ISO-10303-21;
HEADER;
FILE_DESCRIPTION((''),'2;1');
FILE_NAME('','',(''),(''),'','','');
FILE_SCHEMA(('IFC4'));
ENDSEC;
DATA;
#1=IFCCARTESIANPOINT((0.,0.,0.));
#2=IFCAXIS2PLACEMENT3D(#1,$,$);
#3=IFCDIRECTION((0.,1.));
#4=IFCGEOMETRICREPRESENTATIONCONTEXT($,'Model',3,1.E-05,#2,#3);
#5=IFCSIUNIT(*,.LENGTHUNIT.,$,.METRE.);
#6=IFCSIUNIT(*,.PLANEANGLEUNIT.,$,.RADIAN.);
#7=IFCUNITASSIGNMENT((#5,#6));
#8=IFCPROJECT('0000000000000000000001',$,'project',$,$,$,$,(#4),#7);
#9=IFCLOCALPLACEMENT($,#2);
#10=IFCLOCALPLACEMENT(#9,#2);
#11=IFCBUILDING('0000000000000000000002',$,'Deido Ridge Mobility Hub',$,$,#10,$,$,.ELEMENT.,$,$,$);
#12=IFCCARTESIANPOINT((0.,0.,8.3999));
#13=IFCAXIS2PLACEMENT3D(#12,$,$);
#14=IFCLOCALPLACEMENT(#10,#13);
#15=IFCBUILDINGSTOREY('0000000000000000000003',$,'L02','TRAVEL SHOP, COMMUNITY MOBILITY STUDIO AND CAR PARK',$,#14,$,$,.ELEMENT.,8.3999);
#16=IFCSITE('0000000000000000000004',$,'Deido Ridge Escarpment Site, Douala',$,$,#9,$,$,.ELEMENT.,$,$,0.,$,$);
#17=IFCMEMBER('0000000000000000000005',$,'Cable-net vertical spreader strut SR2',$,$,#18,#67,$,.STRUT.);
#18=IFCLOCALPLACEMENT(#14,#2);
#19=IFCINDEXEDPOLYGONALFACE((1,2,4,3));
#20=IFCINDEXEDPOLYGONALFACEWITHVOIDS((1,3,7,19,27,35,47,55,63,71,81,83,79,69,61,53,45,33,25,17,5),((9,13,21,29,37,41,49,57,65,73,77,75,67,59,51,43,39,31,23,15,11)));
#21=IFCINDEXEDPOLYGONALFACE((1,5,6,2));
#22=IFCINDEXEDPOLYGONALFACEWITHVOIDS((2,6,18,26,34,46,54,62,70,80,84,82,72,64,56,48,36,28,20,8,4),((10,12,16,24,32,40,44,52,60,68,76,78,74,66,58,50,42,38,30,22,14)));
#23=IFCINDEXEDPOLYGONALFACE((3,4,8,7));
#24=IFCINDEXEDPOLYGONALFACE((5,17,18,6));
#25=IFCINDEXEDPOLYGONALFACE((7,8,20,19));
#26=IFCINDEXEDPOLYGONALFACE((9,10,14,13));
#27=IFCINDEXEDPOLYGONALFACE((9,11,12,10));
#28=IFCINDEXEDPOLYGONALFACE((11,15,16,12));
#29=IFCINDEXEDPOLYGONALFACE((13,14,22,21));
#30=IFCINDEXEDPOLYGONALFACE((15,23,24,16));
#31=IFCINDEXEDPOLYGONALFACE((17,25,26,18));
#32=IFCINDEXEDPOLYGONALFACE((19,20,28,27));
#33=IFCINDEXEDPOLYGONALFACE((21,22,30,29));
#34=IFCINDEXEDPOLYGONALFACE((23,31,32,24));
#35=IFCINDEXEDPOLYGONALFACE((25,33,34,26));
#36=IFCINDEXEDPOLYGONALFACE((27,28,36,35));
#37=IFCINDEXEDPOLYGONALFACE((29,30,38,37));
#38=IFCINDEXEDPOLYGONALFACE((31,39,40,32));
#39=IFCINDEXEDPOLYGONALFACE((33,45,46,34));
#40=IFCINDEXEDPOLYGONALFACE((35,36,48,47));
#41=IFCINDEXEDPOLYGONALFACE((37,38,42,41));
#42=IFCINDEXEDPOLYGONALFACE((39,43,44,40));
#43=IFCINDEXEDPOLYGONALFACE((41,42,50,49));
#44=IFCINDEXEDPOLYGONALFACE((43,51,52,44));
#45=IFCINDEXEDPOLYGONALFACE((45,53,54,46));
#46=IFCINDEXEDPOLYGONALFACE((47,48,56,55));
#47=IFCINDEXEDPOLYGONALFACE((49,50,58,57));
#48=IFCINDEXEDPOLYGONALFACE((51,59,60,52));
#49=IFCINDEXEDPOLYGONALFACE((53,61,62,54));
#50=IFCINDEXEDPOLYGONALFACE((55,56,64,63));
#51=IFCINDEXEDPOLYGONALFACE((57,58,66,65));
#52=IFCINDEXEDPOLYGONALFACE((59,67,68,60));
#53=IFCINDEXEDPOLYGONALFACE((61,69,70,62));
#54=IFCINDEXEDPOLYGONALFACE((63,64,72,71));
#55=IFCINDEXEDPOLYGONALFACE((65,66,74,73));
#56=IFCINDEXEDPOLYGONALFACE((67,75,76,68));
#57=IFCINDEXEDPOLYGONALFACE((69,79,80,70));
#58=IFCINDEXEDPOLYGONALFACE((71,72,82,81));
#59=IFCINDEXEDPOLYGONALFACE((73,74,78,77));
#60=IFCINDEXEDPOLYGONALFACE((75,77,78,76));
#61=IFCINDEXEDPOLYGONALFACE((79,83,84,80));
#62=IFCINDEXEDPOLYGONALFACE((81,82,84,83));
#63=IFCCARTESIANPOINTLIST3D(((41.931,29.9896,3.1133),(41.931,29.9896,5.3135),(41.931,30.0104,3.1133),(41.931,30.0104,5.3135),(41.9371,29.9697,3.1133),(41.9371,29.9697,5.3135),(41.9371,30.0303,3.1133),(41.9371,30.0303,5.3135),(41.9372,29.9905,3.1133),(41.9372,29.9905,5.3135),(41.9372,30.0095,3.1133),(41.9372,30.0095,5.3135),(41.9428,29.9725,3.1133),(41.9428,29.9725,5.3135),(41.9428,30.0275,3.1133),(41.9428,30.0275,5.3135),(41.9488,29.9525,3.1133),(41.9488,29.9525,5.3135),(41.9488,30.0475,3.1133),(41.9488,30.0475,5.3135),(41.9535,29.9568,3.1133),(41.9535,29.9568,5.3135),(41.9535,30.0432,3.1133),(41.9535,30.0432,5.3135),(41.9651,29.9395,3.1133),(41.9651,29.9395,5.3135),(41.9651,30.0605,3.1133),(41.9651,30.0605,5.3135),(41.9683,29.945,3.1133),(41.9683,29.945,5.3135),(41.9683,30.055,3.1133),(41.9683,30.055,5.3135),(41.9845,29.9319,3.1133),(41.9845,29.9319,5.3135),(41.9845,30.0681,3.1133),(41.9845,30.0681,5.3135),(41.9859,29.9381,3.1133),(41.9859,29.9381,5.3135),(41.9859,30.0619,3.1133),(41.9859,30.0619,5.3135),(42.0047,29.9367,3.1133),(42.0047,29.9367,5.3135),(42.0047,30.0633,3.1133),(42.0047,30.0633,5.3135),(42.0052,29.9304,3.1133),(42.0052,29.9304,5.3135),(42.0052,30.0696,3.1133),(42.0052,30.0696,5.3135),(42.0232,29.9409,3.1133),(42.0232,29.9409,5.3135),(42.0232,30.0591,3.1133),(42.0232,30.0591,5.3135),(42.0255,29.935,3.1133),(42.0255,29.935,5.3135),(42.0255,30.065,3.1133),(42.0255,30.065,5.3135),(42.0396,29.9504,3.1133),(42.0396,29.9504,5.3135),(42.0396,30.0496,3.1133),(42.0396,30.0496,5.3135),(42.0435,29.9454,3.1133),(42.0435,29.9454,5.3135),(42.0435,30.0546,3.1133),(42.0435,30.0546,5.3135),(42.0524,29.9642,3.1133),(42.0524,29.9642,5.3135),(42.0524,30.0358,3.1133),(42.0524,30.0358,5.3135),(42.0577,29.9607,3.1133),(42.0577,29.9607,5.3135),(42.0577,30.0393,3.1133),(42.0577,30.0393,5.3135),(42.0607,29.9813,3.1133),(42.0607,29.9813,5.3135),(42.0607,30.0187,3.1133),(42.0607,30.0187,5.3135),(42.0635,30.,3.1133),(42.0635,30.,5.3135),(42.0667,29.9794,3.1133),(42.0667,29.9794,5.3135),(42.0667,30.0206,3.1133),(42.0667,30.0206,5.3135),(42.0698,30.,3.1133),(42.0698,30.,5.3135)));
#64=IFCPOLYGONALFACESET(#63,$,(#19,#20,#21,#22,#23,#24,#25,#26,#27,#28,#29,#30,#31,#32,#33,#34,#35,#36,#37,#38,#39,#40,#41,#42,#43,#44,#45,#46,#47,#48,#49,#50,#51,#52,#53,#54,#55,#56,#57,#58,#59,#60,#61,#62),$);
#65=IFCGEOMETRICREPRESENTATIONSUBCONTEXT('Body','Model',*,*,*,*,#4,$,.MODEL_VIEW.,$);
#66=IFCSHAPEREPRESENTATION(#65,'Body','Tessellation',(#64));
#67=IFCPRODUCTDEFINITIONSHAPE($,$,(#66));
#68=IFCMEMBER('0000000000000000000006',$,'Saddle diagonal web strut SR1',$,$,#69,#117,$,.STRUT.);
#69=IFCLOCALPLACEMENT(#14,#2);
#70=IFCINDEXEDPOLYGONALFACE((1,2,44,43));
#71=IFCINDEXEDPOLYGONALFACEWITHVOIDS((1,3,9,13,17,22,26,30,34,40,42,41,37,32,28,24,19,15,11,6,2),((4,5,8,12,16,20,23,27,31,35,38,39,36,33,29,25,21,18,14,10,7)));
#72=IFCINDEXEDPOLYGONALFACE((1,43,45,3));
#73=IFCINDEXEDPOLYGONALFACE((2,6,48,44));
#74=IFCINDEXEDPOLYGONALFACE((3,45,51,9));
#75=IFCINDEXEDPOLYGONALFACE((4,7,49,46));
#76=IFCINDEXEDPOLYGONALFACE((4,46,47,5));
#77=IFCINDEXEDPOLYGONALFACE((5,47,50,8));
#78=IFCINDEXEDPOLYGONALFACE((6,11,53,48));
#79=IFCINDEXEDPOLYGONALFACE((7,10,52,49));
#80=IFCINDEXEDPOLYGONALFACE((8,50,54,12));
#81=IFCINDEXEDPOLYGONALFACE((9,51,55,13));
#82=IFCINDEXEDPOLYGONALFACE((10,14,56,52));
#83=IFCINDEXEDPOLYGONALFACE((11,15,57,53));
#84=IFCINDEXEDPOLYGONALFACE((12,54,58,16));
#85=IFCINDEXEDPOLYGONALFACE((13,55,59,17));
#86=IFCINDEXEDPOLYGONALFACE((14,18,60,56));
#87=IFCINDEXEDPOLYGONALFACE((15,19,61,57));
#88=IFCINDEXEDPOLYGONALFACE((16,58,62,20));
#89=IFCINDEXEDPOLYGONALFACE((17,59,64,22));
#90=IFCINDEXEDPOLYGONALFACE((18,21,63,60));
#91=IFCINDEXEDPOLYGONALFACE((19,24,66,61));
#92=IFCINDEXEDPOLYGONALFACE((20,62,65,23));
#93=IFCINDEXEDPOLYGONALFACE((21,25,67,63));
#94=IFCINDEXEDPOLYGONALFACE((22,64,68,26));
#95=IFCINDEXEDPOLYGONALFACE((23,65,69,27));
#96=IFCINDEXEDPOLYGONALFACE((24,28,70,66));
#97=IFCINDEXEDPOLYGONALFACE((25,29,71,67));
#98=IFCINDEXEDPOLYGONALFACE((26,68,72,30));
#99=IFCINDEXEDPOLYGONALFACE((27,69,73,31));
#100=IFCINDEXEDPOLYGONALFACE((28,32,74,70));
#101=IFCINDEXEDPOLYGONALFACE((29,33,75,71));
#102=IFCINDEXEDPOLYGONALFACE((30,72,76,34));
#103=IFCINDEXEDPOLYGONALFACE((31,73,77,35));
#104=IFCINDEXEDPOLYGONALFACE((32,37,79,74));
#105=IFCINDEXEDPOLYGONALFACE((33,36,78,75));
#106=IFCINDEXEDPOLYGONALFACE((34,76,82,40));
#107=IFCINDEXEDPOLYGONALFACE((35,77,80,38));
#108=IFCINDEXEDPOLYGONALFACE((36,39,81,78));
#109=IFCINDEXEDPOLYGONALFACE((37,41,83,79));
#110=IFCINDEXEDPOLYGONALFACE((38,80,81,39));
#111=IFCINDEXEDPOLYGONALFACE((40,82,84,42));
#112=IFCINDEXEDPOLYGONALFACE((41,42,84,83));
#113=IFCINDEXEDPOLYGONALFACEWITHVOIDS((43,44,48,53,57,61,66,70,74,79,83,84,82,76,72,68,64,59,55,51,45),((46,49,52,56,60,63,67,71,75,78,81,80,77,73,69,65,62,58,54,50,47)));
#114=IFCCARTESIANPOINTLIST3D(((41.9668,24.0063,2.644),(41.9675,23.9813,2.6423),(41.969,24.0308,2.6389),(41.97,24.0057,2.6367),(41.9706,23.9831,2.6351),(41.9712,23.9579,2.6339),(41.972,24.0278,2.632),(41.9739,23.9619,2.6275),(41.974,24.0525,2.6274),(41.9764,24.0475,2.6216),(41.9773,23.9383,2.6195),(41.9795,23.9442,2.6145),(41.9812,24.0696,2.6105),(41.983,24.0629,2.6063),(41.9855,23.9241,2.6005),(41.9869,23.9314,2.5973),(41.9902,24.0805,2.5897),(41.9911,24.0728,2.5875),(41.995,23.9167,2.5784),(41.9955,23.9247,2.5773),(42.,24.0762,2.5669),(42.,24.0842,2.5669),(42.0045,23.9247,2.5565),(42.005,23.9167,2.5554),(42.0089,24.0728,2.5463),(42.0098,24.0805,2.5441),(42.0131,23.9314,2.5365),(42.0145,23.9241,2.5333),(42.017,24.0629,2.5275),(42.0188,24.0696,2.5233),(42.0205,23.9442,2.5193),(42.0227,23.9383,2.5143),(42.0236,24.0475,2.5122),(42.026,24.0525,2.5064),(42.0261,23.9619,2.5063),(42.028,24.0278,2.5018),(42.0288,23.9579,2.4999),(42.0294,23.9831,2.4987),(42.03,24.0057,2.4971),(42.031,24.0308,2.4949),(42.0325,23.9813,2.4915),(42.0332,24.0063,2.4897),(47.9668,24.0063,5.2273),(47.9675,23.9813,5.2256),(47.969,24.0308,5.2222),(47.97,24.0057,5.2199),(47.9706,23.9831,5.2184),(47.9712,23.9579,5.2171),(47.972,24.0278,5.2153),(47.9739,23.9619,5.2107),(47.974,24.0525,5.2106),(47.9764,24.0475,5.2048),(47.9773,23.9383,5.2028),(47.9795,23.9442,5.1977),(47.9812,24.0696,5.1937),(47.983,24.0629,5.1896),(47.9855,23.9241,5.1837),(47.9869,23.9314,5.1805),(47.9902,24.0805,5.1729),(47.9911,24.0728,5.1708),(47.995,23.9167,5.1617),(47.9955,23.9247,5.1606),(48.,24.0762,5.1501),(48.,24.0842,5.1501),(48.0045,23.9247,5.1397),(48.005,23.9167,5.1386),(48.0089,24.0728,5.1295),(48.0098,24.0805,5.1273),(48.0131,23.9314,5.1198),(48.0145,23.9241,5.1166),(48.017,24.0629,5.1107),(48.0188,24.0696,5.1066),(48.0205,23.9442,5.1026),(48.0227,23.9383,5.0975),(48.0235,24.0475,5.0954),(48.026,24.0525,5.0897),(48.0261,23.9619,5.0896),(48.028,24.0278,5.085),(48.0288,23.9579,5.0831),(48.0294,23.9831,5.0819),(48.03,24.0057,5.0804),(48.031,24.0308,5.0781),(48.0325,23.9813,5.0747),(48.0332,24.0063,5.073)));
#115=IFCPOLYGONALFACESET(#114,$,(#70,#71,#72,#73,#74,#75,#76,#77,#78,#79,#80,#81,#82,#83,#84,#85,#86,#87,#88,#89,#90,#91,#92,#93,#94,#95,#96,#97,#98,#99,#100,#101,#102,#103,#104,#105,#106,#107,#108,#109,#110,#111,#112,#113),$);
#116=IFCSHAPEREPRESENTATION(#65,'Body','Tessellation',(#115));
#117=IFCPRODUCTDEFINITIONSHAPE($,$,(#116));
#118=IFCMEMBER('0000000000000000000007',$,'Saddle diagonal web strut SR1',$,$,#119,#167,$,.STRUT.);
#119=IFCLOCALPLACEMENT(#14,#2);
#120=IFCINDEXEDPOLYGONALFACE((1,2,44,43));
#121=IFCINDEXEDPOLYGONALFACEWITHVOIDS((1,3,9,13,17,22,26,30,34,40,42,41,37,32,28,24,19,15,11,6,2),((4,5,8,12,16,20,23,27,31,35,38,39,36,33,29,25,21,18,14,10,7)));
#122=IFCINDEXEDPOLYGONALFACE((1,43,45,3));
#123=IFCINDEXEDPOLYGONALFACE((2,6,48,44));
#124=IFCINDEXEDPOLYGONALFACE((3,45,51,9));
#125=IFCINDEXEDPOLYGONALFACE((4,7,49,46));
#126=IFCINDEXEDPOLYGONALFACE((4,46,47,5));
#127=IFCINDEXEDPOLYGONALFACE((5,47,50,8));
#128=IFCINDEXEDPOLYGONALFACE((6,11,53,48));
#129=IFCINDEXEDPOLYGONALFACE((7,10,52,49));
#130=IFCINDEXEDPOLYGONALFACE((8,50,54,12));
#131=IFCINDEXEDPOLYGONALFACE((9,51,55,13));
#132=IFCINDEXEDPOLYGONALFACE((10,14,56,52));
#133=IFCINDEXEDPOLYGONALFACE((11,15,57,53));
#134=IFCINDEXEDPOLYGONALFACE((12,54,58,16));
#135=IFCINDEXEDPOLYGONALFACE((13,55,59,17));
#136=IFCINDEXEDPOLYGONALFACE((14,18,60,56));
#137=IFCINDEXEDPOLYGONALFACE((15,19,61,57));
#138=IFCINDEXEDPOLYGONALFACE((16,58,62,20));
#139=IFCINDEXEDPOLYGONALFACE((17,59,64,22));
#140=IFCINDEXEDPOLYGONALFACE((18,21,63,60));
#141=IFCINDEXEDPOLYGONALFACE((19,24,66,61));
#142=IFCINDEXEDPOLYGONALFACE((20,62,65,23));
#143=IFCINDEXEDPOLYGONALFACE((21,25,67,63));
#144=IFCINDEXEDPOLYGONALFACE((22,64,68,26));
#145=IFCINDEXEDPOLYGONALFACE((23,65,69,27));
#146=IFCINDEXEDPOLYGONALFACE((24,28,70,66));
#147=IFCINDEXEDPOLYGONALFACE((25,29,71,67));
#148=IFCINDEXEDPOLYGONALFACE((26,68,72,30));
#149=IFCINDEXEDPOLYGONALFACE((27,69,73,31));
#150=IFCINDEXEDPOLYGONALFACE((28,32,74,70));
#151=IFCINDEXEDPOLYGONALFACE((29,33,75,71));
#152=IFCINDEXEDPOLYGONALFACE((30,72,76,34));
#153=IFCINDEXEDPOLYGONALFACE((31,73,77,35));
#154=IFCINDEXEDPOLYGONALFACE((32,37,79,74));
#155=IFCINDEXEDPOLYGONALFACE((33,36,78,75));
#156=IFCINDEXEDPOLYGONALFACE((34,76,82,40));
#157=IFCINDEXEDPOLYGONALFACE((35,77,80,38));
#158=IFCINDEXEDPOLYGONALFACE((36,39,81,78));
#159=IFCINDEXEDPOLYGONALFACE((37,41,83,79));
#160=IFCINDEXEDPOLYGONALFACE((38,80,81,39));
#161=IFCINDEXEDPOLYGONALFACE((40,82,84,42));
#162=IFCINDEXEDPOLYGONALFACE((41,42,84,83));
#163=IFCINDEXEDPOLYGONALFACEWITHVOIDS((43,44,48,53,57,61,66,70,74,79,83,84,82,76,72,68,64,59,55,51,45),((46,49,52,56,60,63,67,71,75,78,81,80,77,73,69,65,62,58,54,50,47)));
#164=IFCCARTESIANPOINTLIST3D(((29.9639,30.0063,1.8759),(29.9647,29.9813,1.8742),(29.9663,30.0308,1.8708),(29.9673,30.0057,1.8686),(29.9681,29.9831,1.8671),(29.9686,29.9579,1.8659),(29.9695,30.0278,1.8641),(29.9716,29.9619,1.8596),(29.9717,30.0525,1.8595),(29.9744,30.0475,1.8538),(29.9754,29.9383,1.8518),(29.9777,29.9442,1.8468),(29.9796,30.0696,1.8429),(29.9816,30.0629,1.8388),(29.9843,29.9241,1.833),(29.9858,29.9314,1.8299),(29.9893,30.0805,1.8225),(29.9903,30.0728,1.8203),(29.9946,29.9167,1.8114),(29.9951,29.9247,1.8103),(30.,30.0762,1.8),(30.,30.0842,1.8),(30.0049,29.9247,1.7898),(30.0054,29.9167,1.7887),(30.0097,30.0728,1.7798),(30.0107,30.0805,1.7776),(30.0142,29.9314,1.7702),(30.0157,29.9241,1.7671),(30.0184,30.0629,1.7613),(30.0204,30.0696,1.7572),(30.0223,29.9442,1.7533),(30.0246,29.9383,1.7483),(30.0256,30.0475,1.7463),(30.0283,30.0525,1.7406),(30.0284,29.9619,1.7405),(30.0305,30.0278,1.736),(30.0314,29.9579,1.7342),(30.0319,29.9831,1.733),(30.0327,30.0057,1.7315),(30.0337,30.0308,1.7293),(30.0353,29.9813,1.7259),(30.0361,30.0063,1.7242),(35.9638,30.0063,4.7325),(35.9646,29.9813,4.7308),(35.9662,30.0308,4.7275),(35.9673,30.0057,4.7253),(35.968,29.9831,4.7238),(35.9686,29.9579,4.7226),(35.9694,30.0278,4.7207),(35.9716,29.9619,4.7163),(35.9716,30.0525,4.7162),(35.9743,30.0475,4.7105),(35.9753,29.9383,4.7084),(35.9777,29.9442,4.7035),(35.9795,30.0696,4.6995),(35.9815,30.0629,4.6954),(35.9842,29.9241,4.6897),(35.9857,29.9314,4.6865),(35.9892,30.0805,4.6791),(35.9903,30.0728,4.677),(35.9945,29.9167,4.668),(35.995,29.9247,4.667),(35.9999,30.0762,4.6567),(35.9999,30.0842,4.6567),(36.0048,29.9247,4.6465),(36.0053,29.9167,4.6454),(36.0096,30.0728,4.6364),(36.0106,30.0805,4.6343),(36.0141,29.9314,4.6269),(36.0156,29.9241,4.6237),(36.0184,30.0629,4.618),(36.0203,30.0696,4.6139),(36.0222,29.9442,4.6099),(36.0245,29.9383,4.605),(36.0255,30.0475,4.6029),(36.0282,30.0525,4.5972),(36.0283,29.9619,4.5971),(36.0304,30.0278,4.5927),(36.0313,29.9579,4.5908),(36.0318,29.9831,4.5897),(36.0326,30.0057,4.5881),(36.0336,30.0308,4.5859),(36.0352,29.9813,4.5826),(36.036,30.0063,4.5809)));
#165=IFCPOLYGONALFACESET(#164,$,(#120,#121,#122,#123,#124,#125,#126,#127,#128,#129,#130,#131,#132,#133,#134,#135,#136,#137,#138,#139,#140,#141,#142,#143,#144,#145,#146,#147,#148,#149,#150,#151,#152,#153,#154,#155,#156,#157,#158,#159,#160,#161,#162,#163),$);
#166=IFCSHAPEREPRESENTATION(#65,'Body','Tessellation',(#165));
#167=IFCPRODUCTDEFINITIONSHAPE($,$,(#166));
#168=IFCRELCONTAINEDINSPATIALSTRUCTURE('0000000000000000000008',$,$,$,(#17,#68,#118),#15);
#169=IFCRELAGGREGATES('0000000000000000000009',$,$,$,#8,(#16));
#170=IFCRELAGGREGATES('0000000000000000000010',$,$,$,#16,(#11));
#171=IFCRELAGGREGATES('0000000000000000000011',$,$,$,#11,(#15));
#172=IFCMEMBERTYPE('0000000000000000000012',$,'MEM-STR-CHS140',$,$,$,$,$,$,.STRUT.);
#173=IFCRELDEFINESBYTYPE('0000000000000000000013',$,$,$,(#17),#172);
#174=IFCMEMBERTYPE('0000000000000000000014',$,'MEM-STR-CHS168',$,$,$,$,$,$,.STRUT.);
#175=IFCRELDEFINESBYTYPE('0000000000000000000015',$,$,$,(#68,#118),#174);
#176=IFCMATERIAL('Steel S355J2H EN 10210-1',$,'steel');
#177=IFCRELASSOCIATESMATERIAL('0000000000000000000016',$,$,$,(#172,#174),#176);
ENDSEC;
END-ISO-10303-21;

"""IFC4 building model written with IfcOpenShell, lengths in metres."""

from ifc_helpers import new_model, si_unit, direction, frame, origin, origin_2d, place, context, subcontext, project, spatial, hollow_circle, extrude, material, material_profile, profile_set, type_object, element, save


model = new_model("IFC4")

# Units and contexts
model_context = context("Model", 3, precision=1e-05, world=origin(), true_north=direction((0.0, 1.0)))
body_context = subcontext(model_context, "Body", "Model", "MODEL_VIEW")
ifc_project = project(units=[si_unit("LENGTHUNIT", "METRE"), si_unit("PLANEANGLEUNIT", "RADIAN")], contexts=[model_context])

# Site, building, storey
site_placement = place(None, origin())
site = spatial("IfcSite", under=ifc_project, at=site_placement, Name="Deido Ridge Escarpment Site, Douala", CompositionType="ELEMENT", RefElevation=0.0)
building_placement = place(site_placement, origin())
building = spatial("IfcBuilding", under=site, at=building_placement, Name="Deido Ridge Mobility Hub", CompositionType="ELEMENT")
storey_placement = place(building_placement, frame((0.0, 0.0, 8.3999)))
storey = spatial("IfcBuildingStorey", under=building, at=storey_placement, Name="L02", Description="TRAVEL SHOP, COMMUNITY MOBILITY STUDIO AND CAR PARK", CompositionType="ELEMENT", Elevation=8.3999)

# Shared definitions
ifc_material_1 = material(Name="Steel S355J2H EN 10210-1", Category="steel")

# Members
ifc_material_profile_1 = material_profile(ifc_material_1, hollow_circle(Radius=0.0698, WallThickness=0.0063, at=origin_2d()), Name="CHS 139.7x6.3")
ifc_profile_set_1 = profile_set([ifc_material_profile_1], Name="Steel S355J2H EN 10210-1")
member_type_1 = type_object("IfcMemberType", Name="MEM-STR-CHS140", PredefinedType="STRUT", material=ifc_profile_set_1)
member_1_placement = place(storey_placement, frame((42.0, 30.0, 3.1133), z_axis=(0.0, 0.0, 1.0), x_axis=(1.0, 0.0, 0.0)))
element("IfcMember", 1, at=member_1_placement, inside=storey, type_object=member_type_1, Name="Cable-net vertical spreader strut SR2", PredefinedType="STRUT", context=body_context, shape_type="SweptSolid", body=[
    extrude(hollow_circle(Radius=0.0698, WallThickness=0.0063, at=origin_2d()), origin(), (0.0, 0.0, 1.0), 2.2002),
])
ifc_material_profile_2 = material_profile(ifc_material_1, hollow_circle(Radius=0.0842, WallThickness=0.0081, at=origin_2d()), Name="CHS 168.3x8")
ifc_profile_set_2 = profile_set([ifc_material_profile_2], Name="Steel S355J2H EN 10210-1")
member_type_2 = type_object("IfcMemberType", Name="MEM-STR-CHS168", PredefinedType="STRUT", material=ifc_profile_set_2)
member_2_placement = place(storey_placement, frame((42.0, 24.0, 2.5669), z_axis=(0.918488, 0.0, 0.395448), x_axis=(0.0, 1.0, 0.0)))
element("IfcMember", 2, at=member_2_placement, inside=storey, type_object=member_type_2, Name="Saddle diagonal web strut SR1", PredefinedType="STRUT", context=body_context, shape_type="SweptSolid", body=[
    extrude(hollow_circle(Radius=0.0842, WallThickness=0.0081, at=origin_2d()), origin(), (0.0, 0.0, 1.0), 6.5325),
])
for number, where, z_axis, x_axis, name in (
    (3, (30.0, 30.0, 1.8), (0.902887, 0.0, 0.429878), (0.0, 1.0, 0.0), "Saddle diagonal web strut SR1"),
):
    element("IfcMember", number, at=place(storey_placement, frame(where, z_axis=z_axis, x_axis=x_axis)), inside=storey, type_object=member_type_2, Name=name, PredefinedType="STRUT", context=body_context, shape_type="SweptSolid", body=[
        extrude(hollow_circle(Radius=0.0842, WallThickness=0.0081, at=origin_2d()), origin(), (0.0, 0.0, 1.0), 6.6453),
    ])

save(model, "model.ifc")
